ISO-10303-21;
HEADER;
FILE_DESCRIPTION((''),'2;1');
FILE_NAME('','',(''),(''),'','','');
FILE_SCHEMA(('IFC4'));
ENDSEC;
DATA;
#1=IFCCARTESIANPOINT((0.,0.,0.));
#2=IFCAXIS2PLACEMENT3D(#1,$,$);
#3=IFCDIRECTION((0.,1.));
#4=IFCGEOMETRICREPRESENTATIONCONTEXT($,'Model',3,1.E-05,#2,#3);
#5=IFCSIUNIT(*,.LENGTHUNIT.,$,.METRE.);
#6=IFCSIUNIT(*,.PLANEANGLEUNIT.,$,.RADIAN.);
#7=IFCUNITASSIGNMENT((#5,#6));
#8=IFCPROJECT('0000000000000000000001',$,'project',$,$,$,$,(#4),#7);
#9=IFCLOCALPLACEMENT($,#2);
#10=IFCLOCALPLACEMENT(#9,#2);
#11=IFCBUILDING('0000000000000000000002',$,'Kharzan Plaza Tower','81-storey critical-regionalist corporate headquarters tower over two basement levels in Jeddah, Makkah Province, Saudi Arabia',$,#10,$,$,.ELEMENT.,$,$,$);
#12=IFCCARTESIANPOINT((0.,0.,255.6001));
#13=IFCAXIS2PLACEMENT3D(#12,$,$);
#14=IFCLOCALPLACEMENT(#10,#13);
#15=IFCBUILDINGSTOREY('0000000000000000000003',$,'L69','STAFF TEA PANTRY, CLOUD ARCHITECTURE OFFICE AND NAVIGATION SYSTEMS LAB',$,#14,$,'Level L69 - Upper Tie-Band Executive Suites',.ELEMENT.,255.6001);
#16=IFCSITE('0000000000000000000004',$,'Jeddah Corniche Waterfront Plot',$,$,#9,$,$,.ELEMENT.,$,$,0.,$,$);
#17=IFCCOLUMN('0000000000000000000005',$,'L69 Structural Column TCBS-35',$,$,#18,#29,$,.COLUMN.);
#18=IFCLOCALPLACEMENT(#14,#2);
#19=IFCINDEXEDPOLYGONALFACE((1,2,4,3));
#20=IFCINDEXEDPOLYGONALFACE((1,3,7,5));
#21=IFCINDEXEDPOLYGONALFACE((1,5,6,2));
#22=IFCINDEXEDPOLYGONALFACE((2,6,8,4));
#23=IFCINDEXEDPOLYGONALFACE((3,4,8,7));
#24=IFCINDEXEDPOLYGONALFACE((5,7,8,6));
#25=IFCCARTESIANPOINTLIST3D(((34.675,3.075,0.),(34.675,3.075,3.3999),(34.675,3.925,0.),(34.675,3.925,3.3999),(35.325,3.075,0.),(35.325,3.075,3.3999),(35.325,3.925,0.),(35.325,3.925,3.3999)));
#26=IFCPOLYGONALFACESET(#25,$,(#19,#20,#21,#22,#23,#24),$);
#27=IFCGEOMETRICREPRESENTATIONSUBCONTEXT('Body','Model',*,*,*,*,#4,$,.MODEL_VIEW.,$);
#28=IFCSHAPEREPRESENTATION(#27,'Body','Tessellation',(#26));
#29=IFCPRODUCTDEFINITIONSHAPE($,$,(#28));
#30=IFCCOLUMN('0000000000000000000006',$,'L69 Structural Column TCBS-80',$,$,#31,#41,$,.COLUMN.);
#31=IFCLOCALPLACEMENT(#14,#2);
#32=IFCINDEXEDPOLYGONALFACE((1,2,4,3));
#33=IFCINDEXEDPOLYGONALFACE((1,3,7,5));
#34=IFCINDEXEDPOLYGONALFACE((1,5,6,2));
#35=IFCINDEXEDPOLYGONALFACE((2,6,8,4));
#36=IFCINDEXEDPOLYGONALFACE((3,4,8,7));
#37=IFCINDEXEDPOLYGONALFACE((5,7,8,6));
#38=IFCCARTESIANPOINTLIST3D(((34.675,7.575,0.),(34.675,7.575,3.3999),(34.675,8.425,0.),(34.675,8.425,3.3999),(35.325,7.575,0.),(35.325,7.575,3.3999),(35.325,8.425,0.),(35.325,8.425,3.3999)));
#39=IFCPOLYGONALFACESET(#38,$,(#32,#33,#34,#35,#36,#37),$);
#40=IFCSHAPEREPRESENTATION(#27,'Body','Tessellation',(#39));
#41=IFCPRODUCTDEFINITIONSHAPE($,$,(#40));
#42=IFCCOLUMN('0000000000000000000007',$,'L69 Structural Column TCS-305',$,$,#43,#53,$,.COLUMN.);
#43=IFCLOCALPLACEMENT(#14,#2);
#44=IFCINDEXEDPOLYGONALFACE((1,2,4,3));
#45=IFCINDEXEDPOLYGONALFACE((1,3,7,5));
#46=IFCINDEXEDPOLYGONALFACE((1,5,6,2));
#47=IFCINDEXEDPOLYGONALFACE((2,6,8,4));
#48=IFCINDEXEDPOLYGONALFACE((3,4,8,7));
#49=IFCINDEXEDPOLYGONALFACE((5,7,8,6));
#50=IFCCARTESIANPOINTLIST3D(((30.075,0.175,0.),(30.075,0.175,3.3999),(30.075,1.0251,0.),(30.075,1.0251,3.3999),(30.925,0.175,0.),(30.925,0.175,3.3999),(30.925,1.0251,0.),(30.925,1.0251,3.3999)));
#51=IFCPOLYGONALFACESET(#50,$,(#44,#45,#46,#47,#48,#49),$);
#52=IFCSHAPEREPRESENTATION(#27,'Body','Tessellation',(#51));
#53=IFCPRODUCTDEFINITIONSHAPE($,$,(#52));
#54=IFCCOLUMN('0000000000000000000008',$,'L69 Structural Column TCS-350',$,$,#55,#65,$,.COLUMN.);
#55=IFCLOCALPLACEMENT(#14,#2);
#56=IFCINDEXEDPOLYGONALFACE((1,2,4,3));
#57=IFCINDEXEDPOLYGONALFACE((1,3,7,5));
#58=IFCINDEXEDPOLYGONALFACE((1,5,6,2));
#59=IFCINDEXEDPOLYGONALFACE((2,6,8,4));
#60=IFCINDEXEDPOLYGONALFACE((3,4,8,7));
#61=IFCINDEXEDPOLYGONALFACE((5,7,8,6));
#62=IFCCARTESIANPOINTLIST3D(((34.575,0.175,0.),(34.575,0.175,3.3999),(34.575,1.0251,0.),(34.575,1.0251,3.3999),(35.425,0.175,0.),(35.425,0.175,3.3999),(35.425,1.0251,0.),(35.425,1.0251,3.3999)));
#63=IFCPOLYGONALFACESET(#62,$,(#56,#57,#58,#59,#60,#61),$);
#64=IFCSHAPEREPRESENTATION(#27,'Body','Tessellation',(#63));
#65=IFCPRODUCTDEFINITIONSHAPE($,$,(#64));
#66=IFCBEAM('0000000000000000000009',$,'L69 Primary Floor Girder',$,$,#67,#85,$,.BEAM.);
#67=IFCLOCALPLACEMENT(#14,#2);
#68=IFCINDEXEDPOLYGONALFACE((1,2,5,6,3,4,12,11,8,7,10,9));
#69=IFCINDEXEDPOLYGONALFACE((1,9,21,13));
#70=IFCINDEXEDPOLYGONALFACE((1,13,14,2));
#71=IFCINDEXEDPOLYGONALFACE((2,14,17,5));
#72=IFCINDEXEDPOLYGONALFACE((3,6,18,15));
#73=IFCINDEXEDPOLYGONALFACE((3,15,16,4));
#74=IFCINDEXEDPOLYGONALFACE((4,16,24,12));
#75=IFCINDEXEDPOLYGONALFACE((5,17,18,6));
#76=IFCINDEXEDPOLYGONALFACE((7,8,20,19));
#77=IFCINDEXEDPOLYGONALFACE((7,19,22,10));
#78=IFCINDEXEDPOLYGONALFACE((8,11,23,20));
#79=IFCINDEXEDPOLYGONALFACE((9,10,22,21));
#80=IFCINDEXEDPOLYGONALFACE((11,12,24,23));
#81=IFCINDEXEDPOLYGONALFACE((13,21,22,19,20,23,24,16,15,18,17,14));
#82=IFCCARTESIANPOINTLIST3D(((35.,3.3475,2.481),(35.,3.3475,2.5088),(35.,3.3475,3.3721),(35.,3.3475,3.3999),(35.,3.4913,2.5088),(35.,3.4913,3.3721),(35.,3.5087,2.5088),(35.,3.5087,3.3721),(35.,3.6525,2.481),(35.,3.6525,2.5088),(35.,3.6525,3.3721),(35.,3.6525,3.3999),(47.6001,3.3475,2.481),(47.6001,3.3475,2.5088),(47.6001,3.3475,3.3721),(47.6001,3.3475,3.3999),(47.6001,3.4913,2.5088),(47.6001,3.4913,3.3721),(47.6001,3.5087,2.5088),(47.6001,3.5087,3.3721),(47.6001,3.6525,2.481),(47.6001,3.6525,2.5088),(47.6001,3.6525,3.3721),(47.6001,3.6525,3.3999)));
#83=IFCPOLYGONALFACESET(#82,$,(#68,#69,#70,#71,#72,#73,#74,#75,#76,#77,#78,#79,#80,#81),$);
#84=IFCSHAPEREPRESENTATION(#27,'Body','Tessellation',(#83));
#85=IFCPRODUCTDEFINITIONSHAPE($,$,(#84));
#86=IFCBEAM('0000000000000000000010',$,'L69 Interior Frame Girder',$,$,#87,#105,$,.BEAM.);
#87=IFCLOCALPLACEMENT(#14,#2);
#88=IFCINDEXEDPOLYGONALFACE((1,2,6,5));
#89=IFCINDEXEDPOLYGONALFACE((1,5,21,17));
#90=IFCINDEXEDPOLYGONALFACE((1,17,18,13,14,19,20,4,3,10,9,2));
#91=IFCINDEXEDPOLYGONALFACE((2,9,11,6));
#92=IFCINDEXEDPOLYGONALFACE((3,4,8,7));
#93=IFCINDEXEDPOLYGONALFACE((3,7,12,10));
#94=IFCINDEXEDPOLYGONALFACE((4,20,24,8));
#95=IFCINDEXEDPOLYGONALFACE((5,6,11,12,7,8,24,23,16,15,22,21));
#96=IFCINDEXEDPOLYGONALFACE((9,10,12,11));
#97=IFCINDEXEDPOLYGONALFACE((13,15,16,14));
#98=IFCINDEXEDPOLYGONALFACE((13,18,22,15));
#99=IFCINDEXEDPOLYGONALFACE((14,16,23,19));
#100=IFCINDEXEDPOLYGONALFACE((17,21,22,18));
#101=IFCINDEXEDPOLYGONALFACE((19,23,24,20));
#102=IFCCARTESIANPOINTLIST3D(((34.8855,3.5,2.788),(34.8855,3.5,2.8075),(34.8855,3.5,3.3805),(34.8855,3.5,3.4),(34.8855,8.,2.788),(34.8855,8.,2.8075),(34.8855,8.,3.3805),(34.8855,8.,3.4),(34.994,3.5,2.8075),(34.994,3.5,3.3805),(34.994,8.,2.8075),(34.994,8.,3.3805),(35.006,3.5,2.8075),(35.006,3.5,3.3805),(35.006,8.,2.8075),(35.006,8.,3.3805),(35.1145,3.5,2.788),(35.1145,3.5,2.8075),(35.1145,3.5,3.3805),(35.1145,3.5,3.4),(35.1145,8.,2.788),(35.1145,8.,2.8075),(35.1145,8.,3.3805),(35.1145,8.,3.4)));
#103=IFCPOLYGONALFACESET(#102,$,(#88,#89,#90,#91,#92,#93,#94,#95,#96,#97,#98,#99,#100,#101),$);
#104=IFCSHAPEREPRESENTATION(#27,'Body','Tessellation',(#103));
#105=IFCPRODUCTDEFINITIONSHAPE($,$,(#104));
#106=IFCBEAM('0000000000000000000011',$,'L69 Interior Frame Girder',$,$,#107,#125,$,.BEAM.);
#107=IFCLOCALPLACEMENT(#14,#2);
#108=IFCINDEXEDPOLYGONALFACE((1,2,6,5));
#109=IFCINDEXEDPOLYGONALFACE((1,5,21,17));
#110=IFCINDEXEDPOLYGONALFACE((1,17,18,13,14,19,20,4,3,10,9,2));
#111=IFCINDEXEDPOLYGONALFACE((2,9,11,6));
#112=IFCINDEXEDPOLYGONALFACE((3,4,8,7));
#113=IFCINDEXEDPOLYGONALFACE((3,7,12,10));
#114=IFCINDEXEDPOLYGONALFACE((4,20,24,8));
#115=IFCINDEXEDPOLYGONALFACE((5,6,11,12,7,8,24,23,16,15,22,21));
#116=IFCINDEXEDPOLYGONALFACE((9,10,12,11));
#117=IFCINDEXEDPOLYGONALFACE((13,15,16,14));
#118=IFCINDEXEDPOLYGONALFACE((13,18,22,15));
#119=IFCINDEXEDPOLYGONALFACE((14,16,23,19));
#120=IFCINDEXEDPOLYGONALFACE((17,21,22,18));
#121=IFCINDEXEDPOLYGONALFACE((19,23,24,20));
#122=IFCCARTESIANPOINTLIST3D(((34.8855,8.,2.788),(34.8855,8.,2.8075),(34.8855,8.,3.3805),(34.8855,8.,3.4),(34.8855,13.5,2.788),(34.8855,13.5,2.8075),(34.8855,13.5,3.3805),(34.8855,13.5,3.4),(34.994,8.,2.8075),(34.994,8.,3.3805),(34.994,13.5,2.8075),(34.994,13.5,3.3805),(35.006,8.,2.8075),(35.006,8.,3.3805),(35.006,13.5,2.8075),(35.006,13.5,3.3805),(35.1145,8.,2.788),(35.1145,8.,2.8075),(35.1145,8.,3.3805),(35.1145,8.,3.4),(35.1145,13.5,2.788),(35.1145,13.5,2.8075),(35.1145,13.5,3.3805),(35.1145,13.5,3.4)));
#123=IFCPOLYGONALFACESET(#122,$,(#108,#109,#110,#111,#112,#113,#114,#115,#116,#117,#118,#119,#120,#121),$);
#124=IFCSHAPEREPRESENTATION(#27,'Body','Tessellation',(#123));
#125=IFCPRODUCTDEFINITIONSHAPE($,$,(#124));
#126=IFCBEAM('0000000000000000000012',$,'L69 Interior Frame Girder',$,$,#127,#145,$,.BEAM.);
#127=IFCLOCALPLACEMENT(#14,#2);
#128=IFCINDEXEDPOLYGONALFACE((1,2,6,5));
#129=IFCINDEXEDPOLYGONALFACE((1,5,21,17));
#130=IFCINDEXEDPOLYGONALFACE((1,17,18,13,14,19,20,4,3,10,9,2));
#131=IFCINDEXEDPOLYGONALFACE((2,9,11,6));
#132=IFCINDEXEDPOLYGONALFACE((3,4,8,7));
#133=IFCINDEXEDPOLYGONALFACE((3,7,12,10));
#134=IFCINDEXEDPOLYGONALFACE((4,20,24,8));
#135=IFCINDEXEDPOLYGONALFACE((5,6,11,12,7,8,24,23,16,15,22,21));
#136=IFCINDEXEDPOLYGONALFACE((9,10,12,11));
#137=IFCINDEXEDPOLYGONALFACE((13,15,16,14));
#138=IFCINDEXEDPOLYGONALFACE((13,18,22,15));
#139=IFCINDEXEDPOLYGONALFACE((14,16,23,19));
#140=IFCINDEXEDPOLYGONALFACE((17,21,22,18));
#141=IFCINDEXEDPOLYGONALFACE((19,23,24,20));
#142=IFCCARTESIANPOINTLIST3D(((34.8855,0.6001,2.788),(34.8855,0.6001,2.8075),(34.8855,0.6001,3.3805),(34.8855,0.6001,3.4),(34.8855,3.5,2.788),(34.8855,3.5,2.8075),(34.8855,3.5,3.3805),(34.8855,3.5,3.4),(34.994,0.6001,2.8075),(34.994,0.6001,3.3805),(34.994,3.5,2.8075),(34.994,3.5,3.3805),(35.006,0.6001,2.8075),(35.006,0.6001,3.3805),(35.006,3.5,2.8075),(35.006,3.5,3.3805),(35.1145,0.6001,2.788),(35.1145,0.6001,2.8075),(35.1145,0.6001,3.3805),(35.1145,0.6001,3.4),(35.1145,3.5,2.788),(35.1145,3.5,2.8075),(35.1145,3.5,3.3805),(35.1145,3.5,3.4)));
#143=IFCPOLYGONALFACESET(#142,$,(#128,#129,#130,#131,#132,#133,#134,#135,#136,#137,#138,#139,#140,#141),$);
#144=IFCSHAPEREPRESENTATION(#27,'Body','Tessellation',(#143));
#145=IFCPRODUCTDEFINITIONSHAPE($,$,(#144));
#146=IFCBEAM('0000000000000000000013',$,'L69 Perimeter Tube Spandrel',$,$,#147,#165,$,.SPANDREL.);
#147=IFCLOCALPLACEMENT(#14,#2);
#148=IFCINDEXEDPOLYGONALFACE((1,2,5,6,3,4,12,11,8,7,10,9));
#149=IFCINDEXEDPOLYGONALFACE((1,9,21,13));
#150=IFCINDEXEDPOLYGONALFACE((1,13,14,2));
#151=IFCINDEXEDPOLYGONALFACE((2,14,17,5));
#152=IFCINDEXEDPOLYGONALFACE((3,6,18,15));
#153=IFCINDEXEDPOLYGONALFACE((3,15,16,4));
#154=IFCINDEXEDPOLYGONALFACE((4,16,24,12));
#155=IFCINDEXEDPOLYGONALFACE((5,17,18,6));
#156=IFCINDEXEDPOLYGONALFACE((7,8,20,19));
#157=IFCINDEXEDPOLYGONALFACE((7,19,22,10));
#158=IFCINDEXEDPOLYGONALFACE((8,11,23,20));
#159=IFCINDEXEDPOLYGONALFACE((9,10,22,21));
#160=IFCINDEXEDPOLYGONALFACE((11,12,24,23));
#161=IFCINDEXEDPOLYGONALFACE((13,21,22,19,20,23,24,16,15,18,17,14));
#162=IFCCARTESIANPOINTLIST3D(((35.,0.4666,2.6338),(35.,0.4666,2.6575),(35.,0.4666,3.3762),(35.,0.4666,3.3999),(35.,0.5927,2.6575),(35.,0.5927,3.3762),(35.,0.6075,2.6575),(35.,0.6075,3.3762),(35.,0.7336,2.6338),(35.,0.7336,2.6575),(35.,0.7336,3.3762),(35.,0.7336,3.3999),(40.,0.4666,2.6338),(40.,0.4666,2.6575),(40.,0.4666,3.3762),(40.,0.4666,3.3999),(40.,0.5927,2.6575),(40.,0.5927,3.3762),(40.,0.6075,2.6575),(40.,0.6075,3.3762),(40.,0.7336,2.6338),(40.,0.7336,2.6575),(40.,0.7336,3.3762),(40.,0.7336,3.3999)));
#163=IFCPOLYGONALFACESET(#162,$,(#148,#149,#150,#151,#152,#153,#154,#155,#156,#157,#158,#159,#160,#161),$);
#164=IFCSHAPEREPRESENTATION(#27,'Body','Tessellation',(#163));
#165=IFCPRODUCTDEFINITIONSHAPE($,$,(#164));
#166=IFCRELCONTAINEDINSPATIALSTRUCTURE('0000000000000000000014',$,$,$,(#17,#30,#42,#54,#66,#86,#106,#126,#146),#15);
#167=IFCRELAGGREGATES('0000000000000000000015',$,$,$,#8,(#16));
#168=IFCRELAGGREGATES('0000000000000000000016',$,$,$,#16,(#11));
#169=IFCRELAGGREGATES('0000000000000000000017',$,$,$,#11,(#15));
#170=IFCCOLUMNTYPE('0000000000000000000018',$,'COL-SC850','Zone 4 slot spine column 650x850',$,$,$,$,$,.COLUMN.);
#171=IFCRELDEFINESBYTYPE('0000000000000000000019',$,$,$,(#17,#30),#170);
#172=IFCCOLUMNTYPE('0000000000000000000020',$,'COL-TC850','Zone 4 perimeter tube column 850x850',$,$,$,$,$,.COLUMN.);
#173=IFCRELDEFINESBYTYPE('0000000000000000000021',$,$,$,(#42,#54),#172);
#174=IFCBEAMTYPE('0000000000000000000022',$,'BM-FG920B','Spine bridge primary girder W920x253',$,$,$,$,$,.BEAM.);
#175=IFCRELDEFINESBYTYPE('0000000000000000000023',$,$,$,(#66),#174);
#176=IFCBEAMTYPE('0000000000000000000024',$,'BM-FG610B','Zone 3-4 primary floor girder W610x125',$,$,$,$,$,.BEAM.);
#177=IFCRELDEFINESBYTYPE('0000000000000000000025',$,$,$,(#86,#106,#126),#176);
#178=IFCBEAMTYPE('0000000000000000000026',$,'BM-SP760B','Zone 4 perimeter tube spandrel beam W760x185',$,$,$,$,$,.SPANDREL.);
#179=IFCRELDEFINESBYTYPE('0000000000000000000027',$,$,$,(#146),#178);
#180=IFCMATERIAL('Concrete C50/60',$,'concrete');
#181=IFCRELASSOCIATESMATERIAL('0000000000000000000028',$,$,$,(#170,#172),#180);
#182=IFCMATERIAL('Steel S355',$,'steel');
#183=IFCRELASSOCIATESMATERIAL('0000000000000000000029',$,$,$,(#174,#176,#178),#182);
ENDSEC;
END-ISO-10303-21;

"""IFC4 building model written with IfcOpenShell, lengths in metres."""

from ifc_helpers import new_model, si_unit, direction, frame, origin, origin_2d, place, context, subcontext, project, spatial, rectangle, i_section, extrude, source, transform, mapped, material, material_profile, profile_set, type_object, element, save


model = new_model("IFC4")

# Units and contexts
model_context = context("Model", 3, precision=1e-05, world=origin(), true_north=direction((0.0, 1.0)))
body_context = subcontext(model_context, "Body", "Model", "MODEL_VIEW")
ifc_project = project(units=[si_unit("LENGTHUNIT", "METRE"), si_unit("PLANEANGLEUNIT", "RADIAN")], contexts=[model_context])

# Site, building, storey
site_placement = place(None, origin())
site = spatial("IfcSite", under=ifc_project, at=site_placement, Name="Jeddah Corniche Waterfront Plot", CompositionType="ELEMENT", RefElevation=0.0)
building_placement = place(site_placement, origin())
building = spatial("IfcBuilding", under=site, at=building_placement, Name="Kharzan Plaza Tower", Description="81-storey critical-regionalist corporate headquarters tower over two basement levels in Jeddah, Makkah Province, Saudi Arabia", CompositionType="ELEMENT")
storey_placement = place(building_placement, frame((0.0, 0.0, 255.6001)))
storey = spatial("IfcBuildingStorey", under=building, at=storey_placement, Name="L69", Description="STAFF TEA PANTRY, CLOUD ARCHITECTURE OFFICE AND NAVIGATION SYSTEMS LAB", LongName="Level L69 - Upper Tie-Band Executive Suites", CompositionType="ELEMENT", Elevation=255.6001)

# Columns
ifc_material_1 = material(Name="Concrete C50/60", Category="concrete")
ifc_material_profile_1 = material_profile(ifc_material_1, rectangle(XDim=0.6499, YDim=0.8501, at=origin_2d()), Name="RC-SC850x650")
ifc_profile_set_1 = profile_set([ifc_material_profile_1], Name="Concrete C50/60")
column_type_1 = type_object("IfcColumnType", Name="COL-SC850", Description="Zone 4 slot spine column 650x850", PredefinedType="COLUMN", material=ifc_profile_set_1)
shared_shape_1 = source(origin(), body_context, "Body", "SweptSolid", [
    extrude(rectangle(XDim=0.6499, YDim=0.8501, at=origin_2d()), origin(), (0.0, 0.0, 1.0), 3.3999),
])
for number, where, z_axis, x_axis, name in (
    (1, (35.0, 3.5, 0.0), (0.0, 0.0, 1.0), (1.0, 0.0, 0.0), "L69 Structural Column TCBS-35"),
    (2, (35.0, 8.0, 0.0), (0.0, 0.0, 1.0), (1.0, 0.0, 0.0), "L69 Structural Column TCBS-80"),
):
    element("IfcColumn", number, at=place(storey_placement, frame(where, z_axis=z_axis, x_axis=x_axis)), inside=storey, type_object=column_type_1, Name=name, PredefinedType="COLUMN", context=body_context, shape_type="MappedRepresentation", body=[
        mapped(shared_shape_1, transform((0.0, 0.0, 0.0), x_axis=(1.0, 0.0, 0.0), y_axis=(0.0, 1.0, 0.0), z_axis=(0.0, 0.0, 1.0))),
    ])
ifc_material_profile_2 = material_profile(ifc_material_1, rectangle(XDim=0.8501, YDim=0.8501, at=origin_2d()), Name="RC-TC850x850")
ifc_profile_set_2 = profile_set([ifc_material_profile_2], Name="Concrete C50/60")
column_type_2 = type_object("IfcColumnType", Name="COL-TC850", Description="Zone 4 perimeter tube column 850x850", PredefinedType="COLUMN", material=ifc_profile_set_2)
shared_shape_2 = source(origin(), body_context, "Body", "SweptSolid", [
    extrude(rectangle(XDim=0.8501, YDim=0.8501, at=origin_2d()), origin(), (0.0, 0.0, 1.0), 3.3999),
])
for number, where, z_axis, x_axis, name in (
    (3, (30.5, 0.6001, 0.0), (0.0, 0.0, 1.0), (1.0, 0.0, 0.0), "L69 Structural Column TCS-305"),
    (4, (35.0, 0.6001, 0.0), (0.0, 0.0, 1.0), (1.0, 0.0, 0.0), "L69 Structural Column TCS-350"),
):
    element("IfcColumn", number, at=place(storey_placement, frame(where, z_axis=z_axis, x_axis=x_axis)), inside=storey, type_object=column_type_2, Name=name, PredefinedType="COLUMN", context=body_context, shape_type="MappedRepresentation", body=[
        mapped(shared_shape_2, transform((0.0, 0.0, 0.0), x_axis=(1.0, 0.0, 0.0), y_axis=(0.0, 1.0, 0.0), z_axis=(0.0, 0.0, 1.0))),
    ])

# Beams
ifc_material_2 = material(Name="Steel S355", Category="steel")
ifc_material_profile_3 = material_profile(ifc_material_2, i_section(OverallWidth=0.3049, OverallDepth=0.9189, WebThickness=0.0173, FlangeThickness=0.0278, at=origin_2d()), Name="W920x253")
ifc_profile_set_3 = profile_set([ifc_material_profile_3], Name="Steel S355")
beam_type_1 = type_object("IfcBeamType", Name="BM-FG920B", Description="Spine bridge primary girder W920x253", PredefinedType="BEAM", material=ifc_profile_set_3)
shared_shape_3 = source(origin(), body_context, "Body", "SweptSolid", [
    extrude(i_section(OverallWidth=0.3049, OverallDepth=0.9189, WebThickness=0.0173, FlangeThickness=0.0278, at=origin_2d()), origin(), (0.0, 0.0, 1.0), 12.6001),
])
beam_1_placement = place(storey_placement, frame((35.0, 3.5, 2.9404), z_axis=(1.0, 0.0, 0.0), x_axis=(0.0, 1.0, 0.0)))
element("IfcBeam", 5, at=beam_1_placement, inside=storey, type_object=beam_type_1, Name="L69 Primary Floor Girder", PredefinedType="BEAM", context=body_context, shape_type="MappedRepresentation", body=[
    mapped(shared_shape_3, transform((0.0, 0.0, 0.0), x_axis=(1.0, 0.0, 0.0), y_axis=(0.0, 1.0, 0.0), z_axis=(0.0, 0.0, 1.0))),
])
ifc_material_profile_4 = material_profile(ifc_material_2, i_section(OverallWidth=0.229, OverallDepth=0.6121, WebThickness=0.012, FlangeThickness=0.0195, at=origin_2d()), Name="W610x125")
ifc_profile_set_4 = profile_set([ifc_material_profile_4], Name="Steel S355")
beam_type_2 = type_object("IfcBeamType", Name="BM-FG610B", Description="Zone 3-4 primary floor girder W610x125", PredefinedType="BEAM", material=ifc_profile_set_4)
shared_shape_4 = source(origin(), body_context, "Body", "SweptSolid", [
    extrude(i_section(OverallWidth=0.229, OverallDepth=0.6121, WebThickness=0.012, FlangeThickness=0.0195, at=origin_2d()), origin(), (0.0, 0.0, 1.0), 4.5),
])
beam_2_placement = place(storey_placement, frame((35.0, 3.5, 3.094), z_axis=(0.0, 1.0, 0.0), x_axis=(-1.0, 0.0, 0.0)))
element("IfcBeam", 6, at=beam_2_placement, inside=storey, type_object=beam_type_2, Name="L69 Interior Frame Girder", PredefinedType="BEAM", context=body_context, shape_type="MappedRepresentation", body=[
    mapped(shared_shape_4, transform((0.0, 0.0, 0.0), x_axis=(1.0, 0.0, 0.0), y_axis=(0.0, 1.0, 0.0), z_axis=(0.0, 0.0, 1.0))),
])
shared_shape_5 = source(origin(), body_context, "Body", "SweptSolid", [
    extrude(i_section(OverallWidth=0.229, OverallDepth=0.6121, WebThickness=0.012, FlangeThickness=0.0195, at=origin_2d()), origin(), (0.0, 0.0, 1.0), 5.5),
])
beam_3_placement = place(storey_placement, frame((35.0, 8.0, 3.094), z_axis=(0.0, 1.0, 0.0), x_axis=(-1.0, 0.0, 0.0)))
element("IfcBeam", 7, at=beam_3_placement, inside=storey, type_object=beam_type_2, Name="L69 Interior Frame Girder", PredefinedType="BEAM", context=body_context, shape_type="MappedRepresentation", body=[
    mapped(shared_shape_5, transform((0.0, 0.0, 0.0), x_axis=(1.0, 0.0, 0.0), y_axis=(0.0, 1.0, 0.0), z_axis=(0.0, 0.0, 1.0))),
])
shared_shape_6 = source(origin(), body_context, "Body", "SweptSolid", [
    extrude(i_section(OverallWidth=0.229, OverallDepth=0.6121, WebThickness=0.012, FlangeThickness=0.0195, at=origin_2d()), origin(), (0.0, 0.0, 1.0), 2.8999),
])
beam_4_placement = place(storey_placement, frame((35.0, 0.6001, 3.094), z_axis=(0.0, 1.0, 0.0), x_axis=(-1.0, 0.0, 0.0)))
element("IfcBeam", 8, at=beam_4_placement, inside=storey, type_object=beam_type_2, Name="L69 Interior Frame Girder", PredefinedType="BEAM", context=body_context, shape_type="MappedRepresentation", body=[
    mapped(shared_shape_6, transform((0.0, 0.0, 0.0), x_axis=(1.0, 0.0, 0.0), y_axis=(0.0, 1.0, 0.0), z_axis=(0.0, 0.0, 1.0))),
])
ifc_material_profile_5 = material_profile(ifc_material_2, i_section(OverallWidth=0.2671, OverallDepth=0.7661, WebThickness=0.0149, FlangeThickness=0.0237, at=origin_2d()), Name="W760x185")
ifc_profile_set_5 = profile_set([ifc_material_profile_5], Name="Steel S355")
beam_type_3 = type_object("IfcBeamType", Name="BM-SP760B", Description="Zone 4 perimeter tube spandrel beam W760x185", PredefinedType="SPANDREL", material=ifc_profile_set_5)
shared_shape_7 = source(origin(), body_context, "Body", "SweptSolid", [
    extrude(i_section(OverallWidth=0.2671, OverallDepth=0.7661, WebThickness=0.0149, FlangeThickness=0.0237, at=origin_2d()), origin(), (0.0, 0.0, 1.0), 5.0),
])
beam_5_placement = place(storey_placement, frame((35.0, 0.6001, 3.0168), z_axis=(1.0, 0.0, 0.0), x_axis=(0.0, 1.0, 0.0)))
element("IfcBeam", 9, at=beam_5_placement, inside=storey, type_object=beam_type_3, Name="L69 Perimeter Tube Spandrel", PredefinedType="SPANDREL", context=body_context, shape_type="MappedRepresentation", body=[
    mapped(shared_shape_7, transform((0.0, 0.0, 0.0), x_axis=(1.0, 0.0, 0.0), y_axis=(0.0, 1.0, 0.0), z_axis=(0.0, 0.0, 1.0))),
])

save(model, "model.ifc")
